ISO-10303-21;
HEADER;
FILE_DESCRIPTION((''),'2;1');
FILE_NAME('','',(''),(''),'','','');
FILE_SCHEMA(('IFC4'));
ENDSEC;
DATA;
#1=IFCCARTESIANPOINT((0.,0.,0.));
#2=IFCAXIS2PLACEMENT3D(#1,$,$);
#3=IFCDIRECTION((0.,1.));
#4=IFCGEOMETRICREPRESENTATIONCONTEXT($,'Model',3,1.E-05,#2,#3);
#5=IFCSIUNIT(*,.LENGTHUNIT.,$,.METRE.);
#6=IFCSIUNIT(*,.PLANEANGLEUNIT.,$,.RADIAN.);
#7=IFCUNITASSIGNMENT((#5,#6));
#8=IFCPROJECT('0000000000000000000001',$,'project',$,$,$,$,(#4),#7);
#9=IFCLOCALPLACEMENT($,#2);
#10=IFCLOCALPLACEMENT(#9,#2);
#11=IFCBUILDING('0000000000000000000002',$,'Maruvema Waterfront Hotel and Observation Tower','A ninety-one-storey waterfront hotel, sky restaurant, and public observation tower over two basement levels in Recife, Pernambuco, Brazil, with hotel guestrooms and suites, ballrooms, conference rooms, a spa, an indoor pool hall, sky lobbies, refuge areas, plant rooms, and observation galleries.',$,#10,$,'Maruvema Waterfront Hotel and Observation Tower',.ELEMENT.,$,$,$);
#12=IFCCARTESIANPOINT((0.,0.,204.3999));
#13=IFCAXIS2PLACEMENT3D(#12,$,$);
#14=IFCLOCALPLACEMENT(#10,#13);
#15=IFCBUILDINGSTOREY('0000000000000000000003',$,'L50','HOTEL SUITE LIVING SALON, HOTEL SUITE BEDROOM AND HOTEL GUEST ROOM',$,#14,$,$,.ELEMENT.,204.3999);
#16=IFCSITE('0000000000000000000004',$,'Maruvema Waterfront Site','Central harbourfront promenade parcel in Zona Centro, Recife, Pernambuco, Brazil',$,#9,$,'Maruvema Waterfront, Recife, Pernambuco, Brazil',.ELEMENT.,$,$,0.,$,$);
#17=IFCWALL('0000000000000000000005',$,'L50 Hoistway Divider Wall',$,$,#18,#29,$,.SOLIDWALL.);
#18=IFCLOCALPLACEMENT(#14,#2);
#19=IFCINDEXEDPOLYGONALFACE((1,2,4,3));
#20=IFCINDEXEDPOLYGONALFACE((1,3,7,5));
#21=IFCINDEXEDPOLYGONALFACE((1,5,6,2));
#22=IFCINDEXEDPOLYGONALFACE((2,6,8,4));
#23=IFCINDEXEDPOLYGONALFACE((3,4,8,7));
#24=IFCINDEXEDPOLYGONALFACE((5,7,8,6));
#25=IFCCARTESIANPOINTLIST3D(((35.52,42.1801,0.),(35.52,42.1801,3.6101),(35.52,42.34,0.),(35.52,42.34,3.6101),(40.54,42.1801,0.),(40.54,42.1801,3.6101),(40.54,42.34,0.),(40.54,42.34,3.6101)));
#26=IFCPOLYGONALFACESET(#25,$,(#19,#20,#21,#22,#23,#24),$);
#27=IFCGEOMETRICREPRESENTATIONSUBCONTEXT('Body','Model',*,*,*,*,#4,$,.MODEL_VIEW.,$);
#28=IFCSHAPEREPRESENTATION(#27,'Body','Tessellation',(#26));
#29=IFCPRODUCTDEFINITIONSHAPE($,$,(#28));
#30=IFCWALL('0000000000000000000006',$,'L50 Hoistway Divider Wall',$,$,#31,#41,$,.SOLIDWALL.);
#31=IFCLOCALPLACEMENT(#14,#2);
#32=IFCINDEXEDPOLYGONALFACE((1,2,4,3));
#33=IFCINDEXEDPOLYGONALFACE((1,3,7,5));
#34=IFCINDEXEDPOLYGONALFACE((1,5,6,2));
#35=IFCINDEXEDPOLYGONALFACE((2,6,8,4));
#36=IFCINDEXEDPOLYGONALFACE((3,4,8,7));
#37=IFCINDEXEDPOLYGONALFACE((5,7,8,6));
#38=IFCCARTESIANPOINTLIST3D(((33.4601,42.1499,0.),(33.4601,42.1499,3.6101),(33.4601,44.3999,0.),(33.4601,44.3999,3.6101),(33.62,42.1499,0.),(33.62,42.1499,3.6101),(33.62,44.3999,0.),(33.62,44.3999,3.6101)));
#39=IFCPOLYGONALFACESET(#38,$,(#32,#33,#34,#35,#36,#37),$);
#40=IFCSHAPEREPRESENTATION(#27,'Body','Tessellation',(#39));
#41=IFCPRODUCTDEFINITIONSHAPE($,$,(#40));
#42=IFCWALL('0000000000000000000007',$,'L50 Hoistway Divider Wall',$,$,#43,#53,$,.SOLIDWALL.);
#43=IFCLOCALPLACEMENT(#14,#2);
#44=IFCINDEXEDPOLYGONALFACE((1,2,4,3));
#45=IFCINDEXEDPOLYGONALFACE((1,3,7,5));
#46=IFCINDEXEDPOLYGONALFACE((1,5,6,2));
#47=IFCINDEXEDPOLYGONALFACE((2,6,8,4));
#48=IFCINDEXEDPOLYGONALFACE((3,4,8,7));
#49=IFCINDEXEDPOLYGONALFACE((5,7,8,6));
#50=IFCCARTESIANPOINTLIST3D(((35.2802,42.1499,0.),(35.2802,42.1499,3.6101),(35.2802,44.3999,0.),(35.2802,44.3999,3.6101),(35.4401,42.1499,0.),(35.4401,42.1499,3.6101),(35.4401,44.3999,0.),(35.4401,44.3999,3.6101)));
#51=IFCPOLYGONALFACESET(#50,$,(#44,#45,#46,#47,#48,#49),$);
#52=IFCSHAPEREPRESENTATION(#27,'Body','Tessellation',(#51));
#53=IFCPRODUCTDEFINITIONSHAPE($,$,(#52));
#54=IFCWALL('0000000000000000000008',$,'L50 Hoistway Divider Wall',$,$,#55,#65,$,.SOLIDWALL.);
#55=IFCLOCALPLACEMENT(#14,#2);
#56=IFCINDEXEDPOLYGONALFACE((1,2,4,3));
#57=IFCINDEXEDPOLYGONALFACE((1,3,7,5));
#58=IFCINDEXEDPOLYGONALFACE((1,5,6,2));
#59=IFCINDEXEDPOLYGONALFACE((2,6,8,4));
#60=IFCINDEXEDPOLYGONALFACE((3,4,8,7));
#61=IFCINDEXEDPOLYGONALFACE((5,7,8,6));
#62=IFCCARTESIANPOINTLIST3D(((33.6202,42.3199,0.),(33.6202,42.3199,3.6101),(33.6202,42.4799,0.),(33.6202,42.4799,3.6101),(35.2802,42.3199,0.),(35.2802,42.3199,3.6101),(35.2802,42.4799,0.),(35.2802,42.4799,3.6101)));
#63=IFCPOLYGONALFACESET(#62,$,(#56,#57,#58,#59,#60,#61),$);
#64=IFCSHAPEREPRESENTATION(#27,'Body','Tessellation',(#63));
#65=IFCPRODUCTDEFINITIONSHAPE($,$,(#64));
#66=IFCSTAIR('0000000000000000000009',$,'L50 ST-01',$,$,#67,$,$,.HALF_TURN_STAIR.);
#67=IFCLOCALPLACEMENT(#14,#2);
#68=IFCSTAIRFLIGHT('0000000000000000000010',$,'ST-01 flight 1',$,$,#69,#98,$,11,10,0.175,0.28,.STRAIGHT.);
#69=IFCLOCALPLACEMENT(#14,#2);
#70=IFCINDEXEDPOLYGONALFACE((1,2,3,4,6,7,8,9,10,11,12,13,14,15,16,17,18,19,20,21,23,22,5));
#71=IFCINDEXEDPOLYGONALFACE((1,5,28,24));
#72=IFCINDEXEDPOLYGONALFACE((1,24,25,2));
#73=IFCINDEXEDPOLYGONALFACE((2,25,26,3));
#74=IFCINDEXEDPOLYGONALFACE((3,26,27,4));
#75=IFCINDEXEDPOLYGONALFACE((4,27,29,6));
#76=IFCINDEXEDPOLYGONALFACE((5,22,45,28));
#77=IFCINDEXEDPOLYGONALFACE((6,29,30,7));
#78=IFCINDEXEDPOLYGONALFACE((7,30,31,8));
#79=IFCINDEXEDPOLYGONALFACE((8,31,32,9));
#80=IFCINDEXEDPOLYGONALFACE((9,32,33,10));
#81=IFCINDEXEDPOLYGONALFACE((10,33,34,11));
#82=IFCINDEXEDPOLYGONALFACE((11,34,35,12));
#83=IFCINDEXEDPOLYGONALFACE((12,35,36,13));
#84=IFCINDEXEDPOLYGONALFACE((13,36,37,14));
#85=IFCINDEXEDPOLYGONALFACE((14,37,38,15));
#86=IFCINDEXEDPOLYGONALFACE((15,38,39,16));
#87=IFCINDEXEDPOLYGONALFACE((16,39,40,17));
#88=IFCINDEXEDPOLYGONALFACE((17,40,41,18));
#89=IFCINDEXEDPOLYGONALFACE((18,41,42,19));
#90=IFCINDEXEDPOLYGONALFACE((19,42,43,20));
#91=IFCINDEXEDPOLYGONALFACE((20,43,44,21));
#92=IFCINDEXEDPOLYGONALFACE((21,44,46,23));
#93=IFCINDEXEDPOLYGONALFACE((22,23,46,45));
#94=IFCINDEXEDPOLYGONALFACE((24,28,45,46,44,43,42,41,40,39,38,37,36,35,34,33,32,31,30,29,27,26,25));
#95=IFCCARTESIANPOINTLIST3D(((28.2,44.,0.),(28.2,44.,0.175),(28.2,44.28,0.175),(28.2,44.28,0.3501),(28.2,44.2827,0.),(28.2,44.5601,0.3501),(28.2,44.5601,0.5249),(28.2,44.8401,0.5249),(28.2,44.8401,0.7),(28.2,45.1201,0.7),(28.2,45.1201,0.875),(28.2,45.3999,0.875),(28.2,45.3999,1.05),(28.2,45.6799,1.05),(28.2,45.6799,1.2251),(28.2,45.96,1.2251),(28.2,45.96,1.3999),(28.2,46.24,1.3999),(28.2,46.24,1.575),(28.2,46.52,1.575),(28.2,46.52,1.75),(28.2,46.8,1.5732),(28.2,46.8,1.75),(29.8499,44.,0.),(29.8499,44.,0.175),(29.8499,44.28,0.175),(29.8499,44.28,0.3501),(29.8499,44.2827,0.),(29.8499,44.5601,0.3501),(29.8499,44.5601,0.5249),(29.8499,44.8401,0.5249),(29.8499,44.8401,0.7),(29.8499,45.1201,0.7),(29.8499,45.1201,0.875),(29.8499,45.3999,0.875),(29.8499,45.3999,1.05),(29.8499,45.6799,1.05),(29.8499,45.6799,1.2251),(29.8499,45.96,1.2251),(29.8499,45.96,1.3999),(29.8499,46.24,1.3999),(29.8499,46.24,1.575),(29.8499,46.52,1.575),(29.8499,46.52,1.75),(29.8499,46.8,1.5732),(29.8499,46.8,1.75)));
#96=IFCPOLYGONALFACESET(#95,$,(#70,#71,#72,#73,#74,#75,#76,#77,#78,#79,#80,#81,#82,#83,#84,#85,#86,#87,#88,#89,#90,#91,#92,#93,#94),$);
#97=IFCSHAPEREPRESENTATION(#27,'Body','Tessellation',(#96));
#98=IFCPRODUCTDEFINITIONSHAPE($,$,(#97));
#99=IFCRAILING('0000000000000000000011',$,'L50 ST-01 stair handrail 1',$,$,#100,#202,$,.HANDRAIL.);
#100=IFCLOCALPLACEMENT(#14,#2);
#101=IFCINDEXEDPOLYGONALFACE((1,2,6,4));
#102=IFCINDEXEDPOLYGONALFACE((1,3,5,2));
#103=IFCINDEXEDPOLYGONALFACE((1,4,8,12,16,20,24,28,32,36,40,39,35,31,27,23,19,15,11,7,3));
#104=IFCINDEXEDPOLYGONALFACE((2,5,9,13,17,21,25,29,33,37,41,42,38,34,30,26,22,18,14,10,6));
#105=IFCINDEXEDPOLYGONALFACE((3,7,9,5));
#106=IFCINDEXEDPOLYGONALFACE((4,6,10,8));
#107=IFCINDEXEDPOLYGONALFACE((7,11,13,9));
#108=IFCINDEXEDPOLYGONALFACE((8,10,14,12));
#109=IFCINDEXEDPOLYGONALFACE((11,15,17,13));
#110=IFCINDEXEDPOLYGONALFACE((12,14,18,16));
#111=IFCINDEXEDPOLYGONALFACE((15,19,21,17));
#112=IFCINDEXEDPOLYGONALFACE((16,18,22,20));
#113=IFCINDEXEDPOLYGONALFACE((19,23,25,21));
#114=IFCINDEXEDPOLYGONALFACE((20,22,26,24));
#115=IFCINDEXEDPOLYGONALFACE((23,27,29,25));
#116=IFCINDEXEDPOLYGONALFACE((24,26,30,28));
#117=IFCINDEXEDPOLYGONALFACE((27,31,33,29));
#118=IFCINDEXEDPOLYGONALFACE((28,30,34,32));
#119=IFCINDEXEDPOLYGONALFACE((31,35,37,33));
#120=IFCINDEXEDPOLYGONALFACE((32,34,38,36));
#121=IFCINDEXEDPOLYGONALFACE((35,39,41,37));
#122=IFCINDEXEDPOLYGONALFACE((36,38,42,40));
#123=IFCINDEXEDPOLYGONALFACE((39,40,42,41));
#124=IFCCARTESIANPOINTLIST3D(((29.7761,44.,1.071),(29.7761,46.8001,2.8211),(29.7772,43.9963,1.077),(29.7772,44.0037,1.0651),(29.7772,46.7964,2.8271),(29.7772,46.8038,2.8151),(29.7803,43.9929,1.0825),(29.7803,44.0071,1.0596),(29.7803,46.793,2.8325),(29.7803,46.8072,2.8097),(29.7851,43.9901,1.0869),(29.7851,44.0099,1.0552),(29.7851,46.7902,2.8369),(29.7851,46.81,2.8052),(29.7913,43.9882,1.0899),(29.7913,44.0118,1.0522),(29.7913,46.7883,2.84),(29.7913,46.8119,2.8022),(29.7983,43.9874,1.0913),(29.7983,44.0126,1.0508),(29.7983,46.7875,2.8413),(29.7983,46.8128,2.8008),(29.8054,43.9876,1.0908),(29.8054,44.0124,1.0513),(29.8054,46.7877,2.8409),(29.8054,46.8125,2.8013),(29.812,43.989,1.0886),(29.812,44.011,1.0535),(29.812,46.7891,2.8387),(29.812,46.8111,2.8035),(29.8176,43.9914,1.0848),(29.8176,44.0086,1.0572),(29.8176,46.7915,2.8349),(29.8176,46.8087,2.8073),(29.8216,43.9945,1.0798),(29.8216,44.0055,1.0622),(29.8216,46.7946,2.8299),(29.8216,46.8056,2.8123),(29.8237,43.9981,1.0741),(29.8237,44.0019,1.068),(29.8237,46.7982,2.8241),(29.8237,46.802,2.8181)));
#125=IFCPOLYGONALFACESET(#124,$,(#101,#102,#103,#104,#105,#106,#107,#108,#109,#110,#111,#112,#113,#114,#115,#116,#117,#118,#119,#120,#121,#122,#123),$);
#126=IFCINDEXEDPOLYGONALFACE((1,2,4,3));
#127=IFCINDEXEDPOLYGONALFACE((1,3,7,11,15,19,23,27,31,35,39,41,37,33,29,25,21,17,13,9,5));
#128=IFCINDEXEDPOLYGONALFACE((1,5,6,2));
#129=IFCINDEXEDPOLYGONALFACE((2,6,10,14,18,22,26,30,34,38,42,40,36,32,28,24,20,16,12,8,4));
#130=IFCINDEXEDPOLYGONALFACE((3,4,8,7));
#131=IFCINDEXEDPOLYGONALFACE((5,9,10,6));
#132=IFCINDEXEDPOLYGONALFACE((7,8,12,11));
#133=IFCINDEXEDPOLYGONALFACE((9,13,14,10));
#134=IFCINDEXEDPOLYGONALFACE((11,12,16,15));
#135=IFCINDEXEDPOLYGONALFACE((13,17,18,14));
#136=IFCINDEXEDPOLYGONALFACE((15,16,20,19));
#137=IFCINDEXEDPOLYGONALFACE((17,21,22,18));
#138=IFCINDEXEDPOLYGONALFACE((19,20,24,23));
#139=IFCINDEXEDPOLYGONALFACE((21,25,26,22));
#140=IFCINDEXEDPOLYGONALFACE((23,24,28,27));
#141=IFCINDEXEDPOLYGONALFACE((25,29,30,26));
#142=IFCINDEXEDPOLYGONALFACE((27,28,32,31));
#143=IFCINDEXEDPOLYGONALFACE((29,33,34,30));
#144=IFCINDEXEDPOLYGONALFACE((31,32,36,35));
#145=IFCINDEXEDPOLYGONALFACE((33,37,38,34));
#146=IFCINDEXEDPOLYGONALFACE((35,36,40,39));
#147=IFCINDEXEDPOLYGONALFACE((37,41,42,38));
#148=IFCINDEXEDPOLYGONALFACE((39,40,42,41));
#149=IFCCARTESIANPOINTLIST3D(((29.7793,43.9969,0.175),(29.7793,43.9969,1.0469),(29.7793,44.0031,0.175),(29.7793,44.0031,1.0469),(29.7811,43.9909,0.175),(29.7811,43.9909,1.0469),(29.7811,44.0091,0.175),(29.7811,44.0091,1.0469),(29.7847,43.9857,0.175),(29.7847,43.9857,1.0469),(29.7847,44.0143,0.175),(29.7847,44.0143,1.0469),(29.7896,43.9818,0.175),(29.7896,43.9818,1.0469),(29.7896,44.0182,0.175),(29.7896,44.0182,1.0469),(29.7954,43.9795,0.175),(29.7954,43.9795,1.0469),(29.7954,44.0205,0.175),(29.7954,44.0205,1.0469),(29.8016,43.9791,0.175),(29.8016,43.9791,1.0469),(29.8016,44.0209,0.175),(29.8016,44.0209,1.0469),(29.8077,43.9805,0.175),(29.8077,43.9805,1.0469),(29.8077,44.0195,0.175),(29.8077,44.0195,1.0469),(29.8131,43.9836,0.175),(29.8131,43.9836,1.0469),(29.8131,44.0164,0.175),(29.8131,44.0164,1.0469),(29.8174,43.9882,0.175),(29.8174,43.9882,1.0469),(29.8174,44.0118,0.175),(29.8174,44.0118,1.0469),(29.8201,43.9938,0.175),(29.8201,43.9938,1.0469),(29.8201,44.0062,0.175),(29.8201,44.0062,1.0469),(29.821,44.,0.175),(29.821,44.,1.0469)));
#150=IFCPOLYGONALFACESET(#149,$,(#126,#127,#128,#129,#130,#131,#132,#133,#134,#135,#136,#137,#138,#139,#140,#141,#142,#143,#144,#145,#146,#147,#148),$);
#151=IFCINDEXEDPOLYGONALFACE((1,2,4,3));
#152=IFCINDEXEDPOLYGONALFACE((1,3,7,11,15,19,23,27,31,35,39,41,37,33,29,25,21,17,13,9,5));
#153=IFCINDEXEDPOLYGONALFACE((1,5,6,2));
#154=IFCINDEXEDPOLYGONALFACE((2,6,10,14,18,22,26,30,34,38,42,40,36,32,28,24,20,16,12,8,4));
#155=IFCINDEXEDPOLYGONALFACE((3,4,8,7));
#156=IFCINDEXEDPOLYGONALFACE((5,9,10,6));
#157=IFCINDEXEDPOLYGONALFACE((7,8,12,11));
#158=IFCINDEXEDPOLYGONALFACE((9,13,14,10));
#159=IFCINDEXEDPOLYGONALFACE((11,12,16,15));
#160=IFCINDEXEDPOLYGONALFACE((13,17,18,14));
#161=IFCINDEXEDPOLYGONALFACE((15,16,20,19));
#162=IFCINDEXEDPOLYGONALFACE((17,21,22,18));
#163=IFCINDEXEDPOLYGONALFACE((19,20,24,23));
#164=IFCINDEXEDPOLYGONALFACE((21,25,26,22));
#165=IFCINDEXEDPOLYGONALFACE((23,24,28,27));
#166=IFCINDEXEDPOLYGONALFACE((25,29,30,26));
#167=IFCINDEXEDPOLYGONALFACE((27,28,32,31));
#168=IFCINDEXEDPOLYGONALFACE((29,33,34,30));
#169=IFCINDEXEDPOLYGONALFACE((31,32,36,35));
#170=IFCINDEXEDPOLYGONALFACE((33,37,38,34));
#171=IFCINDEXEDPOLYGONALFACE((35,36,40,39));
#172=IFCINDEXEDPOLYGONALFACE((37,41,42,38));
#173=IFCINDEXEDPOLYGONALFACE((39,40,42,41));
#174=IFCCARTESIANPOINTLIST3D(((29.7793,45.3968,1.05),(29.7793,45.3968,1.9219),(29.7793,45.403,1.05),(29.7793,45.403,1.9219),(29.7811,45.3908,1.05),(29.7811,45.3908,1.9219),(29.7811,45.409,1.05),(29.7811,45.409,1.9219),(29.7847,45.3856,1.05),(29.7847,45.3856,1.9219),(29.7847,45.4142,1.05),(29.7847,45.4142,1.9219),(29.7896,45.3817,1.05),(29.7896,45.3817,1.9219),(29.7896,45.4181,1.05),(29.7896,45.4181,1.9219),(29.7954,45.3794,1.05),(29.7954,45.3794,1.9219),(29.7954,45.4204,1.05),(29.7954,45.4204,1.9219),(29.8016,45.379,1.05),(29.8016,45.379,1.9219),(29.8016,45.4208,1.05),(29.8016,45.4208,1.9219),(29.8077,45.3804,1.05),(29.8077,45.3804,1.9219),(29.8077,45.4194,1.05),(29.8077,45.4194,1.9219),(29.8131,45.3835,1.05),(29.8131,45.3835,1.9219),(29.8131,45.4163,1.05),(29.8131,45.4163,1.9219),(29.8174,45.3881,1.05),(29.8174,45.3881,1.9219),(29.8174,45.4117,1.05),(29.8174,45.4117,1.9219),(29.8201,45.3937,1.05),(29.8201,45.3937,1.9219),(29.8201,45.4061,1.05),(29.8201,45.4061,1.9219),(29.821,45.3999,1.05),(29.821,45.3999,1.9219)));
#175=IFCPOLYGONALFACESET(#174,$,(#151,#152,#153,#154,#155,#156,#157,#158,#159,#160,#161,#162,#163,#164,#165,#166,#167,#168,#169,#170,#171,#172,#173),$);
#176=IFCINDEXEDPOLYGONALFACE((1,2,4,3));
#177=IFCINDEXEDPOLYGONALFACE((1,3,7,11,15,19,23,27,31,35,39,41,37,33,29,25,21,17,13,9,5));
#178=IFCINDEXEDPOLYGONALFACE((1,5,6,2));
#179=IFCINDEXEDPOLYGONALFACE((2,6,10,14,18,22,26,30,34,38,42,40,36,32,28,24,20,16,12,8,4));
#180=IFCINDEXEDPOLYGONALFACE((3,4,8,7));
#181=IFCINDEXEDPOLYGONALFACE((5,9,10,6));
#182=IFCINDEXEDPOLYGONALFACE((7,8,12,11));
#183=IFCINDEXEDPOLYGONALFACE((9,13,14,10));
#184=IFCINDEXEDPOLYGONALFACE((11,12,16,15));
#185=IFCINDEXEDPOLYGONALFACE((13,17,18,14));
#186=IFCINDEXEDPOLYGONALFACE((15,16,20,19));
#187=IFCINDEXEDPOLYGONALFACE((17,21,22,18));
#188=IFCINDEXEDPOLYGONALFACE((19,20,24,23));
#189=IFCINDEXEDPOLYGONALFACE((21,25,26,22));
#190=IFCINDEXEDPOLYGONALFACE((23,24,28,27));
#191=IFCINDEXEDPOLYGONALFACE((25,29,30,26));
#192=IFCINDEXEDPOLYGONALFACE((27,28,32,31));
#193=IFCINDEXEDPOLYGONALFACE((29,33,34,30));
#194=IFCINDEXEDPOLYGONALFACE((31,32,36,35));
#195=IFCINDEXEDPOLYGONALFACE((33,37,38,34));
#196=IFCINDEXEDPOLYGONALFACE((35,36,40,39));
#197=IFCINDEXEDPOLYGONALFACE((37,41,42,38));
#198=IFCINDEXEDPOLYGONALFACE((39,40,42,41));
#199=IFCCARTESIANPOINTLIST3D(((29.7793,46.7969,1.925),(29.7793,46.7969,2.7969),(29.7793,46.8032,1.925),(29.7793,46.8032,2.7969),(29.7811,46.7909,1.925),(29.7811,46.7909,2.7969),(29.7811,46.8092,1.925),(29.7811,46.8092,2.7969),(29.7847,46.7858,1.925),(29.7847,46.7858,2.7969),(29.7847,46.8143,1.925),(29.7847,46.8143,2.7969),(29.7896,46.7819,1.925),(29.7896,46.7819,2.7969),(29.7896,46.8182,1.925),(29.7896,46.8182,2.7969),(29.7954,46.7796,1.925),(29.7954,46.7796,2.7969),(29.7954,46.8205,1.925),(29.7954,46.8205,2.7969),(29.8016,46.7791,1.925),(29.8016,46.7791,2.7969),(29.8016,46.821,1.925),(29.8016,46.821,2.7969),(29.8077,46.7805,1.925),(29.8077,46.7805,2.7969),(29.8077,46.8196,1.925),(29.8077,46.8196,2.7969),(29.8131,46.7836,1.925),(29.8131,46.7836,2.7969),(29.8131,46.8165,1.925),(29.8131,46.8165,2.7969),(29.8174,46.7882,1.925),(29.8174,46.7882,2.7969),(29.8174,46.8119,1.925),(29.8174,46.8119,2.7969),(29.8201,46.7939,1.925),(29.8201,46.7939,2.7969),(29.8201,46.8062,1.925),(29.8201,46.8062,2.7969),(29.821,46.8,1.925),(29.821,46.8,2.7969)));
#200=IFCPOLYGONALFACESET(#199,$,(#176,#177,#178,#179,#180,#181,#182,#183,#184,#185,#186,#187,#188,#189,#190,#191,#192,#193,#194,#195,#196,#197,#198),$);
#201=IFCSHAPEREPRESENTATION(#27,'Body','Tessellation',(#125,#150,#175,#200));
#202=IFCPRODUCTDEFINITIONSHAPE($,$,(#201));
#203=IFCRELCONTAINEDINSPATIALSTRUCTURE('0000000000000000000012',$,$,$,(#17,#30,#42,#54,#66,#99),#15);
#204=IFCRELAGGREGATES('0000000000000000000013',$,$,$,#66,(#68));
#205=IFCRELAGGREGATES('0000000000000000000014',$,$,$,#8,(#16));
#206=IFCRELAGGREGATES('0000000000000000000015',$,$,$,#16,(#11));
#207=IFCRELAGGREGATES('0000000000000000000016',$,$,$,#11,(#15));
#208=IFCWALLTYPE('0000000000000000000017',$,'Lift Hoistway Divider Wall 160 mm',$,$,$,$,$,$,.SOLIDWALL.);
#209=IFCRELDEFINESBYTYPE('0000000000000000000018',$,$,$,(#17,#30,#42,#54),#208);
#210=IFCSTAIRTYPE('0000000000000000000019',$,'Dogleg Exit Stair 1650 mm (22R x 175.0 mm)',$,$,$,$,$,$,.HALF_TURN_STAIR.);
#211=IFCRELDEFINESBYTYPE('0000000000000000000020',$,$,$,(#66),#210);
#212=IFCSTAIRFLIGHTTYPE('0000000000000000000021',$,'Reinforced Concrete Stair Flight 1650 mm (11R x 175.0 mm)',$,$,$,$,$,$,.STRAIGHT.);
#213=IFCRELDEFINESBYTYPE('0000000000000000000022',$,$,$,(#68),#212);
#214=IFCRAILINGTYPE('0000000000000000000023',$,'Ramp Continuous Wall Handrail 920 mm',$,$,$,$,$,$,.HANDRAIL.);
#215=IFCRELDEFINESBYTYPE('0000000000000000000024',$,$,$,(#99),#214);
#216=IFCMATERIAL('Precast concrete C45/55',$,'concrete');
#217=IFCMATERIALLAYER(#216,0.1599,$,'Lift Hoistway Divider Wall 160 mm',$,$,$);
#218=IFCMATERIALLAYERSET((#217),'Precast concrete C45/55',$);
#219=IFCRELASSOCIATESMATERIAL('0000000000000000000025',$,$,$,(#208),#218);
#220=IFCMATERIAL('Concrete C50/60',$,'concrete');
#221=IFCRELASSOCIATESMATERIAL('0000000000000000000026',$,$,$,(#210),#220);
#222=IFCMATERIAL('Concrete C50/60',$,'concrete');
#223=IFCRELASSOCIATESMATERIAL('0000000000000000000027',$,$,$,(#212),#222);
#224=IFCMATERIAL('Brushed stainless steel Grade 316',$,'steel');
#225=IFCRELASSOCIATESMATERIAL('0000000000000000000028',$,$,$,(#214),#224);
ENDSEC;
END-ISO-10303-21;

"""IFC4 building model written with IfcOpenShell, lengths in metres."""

from ifc_helpers import new_model, si_unit, direction, frame, frame_2d, origin, origin_2d, place, context, subcontext, project, spatial, polyline, rectangle, circle, outline, extrude, material, layer, layer_set, type_object, element, aggregate, save


model = new_model("IFC4")

# Units and contexts
model_context = context("Model", 3, precision=1e-05, world=origin(), true_north=direction((0.0, 1.0)))
body_context = subcontext(model_context, "Body", "Model", "MODEL_VIEW")
ifc_project = project(units=[si_unit("LENGTHUNIT", "METRE"), si_unit("PLANEANGLEUNIT", "RADIAN")], contexts=[model_context])

# Site, building, storey
site_placement = place(None, origin())
site = spatial("IfcSite", under=ifc_project, at=site_placement, Name="Maruvema Waterfront Site", Description="Central harbourfront promenade parcel in Zona Centro, Recife, Pernambuco, Brazil", LongName="Maruvema Waterfront, Recife, Pernambuco, Brazil", CompositionType="ELEMENT", RefElevation=0.0)
building_placement = place(site_placement, origin())
building = spatial("IfcBuilding", under=site, at=building_placement, Name="Maruvema Waterfront Hotel and Observation Tower", Description="A ninety-one-storey waterfront hotel, sky restaurant, and public observation tower over two basement levels in Recife, Pernambuco, Brazil, with hotel guestrooms and suites, ballrooms, conference rooms, a spa, an indoor pool hall, sky lobbies, refuge areas, plant rooms, and observation galleries.", LongName="Maruvema Waterfront Hotel and Observation Tower", CompositionType="ELEMENT")
storey_placement = place(building_placement, frame((0.0, 0.0, 204.3999)))
storey = spatial("IfcBuildingStorey", under=building, at=storey_placement, Name="L50", Description="HOTEL SUITE LIVING SALON, HOTEL SUITE BEDROOM AND HOTEL GUEST ROOM", CompositionType="ELEMENT", Elevation=204.3999)

# Walls
ifc_material_1 = material(Name="Precast concrete C45/55", Category="concrete")
ifc_layer_1 = layer(ifc_material_1, 0.1599, Name="Lift Hoistway Divider Wall 160 mm")
ifc_layer_set_1 = layer_set([ifc_layer_1], Name="Precast concrete C45/55")
wall_type_1 = type_object("IfcWallType", Name="Lift Hoistway Divider Wall 160 mm", PredefinedType="SOLIDWALL", material=ifc_layer_set_1)
wall_1_placement = place(storey_placement, frame((35.52, 42.26, 0.0), z_axis=(0.0, 0.0, 1.0), x_axis=(1.0, 0.0, 0.0)))
element("IfcWall", 1, at=wall_1_placement, inside=storey, type_object=wall_type_1, Name="L50 Hoistway Divider Wall", PredefinedType="SOLIDWALL", context=body_context, shape_type="SweptSolid", body=[
    extrude(rectangle(XDim=5.02, YDim=0.1599, at=frame_2d((2.51, 0.0))), origin(), (0.0, 0.0, 1.0), 3.6101),
])
for number, where, z_axis, x_axis, name in (
    (2, (33.54, 42.1499, 0.0), (0.0, 0.0, 1.0), (0.0, 1.0, 0.0), "L50 Hoistway Divider Wall"),
    (3, (35.3601, 42.1499, 0.0), (0.0, 0.0, 1.0), (0.0, 1.0, 0.0), "L50 Hoistway Divider Wall"),
):
    element("IfcWall", number, at=place(storey_placement, frame(where, z_axis=z_axis, x_axis=x_axis)), inside=storey, type_object=wall_type_1, Name=name, PredefinedType="SOLIDWALL", context=body_context, shape_type="SweptSolid", body=[
        extrude(rectangle(XDim=2.25, YDim=0.1599, at=frame_2d((1.125, 0.0))), origin(), (0.0, 0.0, 1.0), 3.6101),
    ])
wall_2_placement = place(storey_placement, frame((33.6201, 42.3999, 0.0), z_axis=(0.0, 0.0, 1.0), x_axis=(1.0, 0.0, 0.0)))
element("IfcWall", 4, at=wall_2_placement, inside=storey, type_object=wall_type_1, Name="L50 Hoistway Divider Wall", PredefinedType="SOLIDWALL", context=body_context, shape_type="SweptSolid", body=[
    extrude(rectangle(XDim=1.6599, YDim=0.1599, at=frame_2d((0.8301, 0.0))), origin(), (0.0, 0.0, 1.0), 3.6101),
])

# Stair, stair flight
ifc_material_2 = material(Name="Concrete C50/60", Category="concrete")
stair_type = type_object("IfcStairType", Name="Dogleg Exit Stair 1650 mm (22R x 175.0 mm)", PredefinedType="HALF_TURN_STAIR", material=ifc_material_2)
stair_placement = place(storey_placement, origin())
stair = element("IfcStair", 5, at=stair_placement, inside=storey, type_object=stair_type, Name="L50 ST-01", PredefinedType="HALF_TURN_STAIR")
ifc_material_3 = material(Name="Concrete C50/60", Category="concrete")
stair_flight_type = type_object("IfcStairFlightType", Name="Reinforced Concrete Stair Flight 1650 mm (11R x 175.0 mm)", PredefinedType="STRAIGHT", material=ifc_material_3)
stair_flight_placement = place(storey_placement, frame((29.0249, 44.0, 0.0), z_axis=(0.0, 0.0, 1.0), x_axis=(0.0, 1.0, 0.0)))
stair_flight = element("IfcStairFlight", 6, at=stair_flight_placement, type_object=stair_flight_type, Name="ST-01 flight 1", NumberOfRisers=11, NumberOfTreads=10, PredefinedType="STRAIGHT", RiserHeight=0.175, TreadLength=0.28, context=body_context, shape_type="SweptSolid", body=[
    extrude(outline(polyline([(0.0, 0.0), (0.0, 0.175), (0.28, 0.175), (0.28, 0.3501), (0.5601, 0.3501), (0.5601, 0.5249), (0.8401, 0.5249), (0.8401, 0.7), (1.1201, 0.7), (1.1201, 0.875), (1.3999, 0.875), (1.3999, 1.05), (1.6799, 1.05), (1.6799, 1.2251), (1.96, 1.2251), (1.96, 1.3999), (2.24, 1.3999), (2.24, 1.575), (2.52, 1.575), (2.52, 1.75), (2.8, 1.75), (2.8, 1.925), (2.8, 1.5732), (0.2827, 0.0), (0.0, 0.0)])), frame((0.0, 0.825, 0.0), z_axis=(0.0, -1.0, 0.0), x_axis=(1.0, 0.0, 0.0)), (0.0, 0.0, 1.0), 1.6499),
])
aggregate(stair, [stair_flight])

# Railing
ifc_material_4 = material(Name="Brushed stainless steel Grade 316", Category="steel")
railing_type_1 = type_object("IfcRailingType", Name="Ramp Continuous Wall Handrail 920 mm", PredefinedType="HANDRAIL", material=ifc_material_4)
railing_1_placement = place(storey_placement, frame((29.8, 44.0, 0.175)))
element("IfcRailing", 7, at=railing_1_placement, inside=storey, type_object=railing_type_1, Name="L50 ST-01 stair handrail 1", PredefinedType="HANDRAIL", context=body_context, shape_type="SweptSolid", body=[
    extrude(circle(Radius=0.0239, at=origin_2d()), frame((0.0, 0.0, 0.896), z_axis=(0.0, 0.848002, 0.529992), x_axis=(-1.0, 0.0, 0.0)), (0.0, 0.0, 1.0), 3.302),
    extrude(circle(Radius=0.021, at=origin_2d()), origin(), (0.0, 0.0, 1.0), 0.8718),
    extrude(circle(Radius=0.021, at=origin_2d()), frame((0.0, 1.3999, 0.875)), (0.0, 0.0, 1.0), 0.8718),
    extrude(circle(Radius=0.021, at=origin_2d()), frame((0.0, 2.8, 1.75)), (0.0, 0.0, 1.0), 0.8718),
])

save(model, "model.ifc")
